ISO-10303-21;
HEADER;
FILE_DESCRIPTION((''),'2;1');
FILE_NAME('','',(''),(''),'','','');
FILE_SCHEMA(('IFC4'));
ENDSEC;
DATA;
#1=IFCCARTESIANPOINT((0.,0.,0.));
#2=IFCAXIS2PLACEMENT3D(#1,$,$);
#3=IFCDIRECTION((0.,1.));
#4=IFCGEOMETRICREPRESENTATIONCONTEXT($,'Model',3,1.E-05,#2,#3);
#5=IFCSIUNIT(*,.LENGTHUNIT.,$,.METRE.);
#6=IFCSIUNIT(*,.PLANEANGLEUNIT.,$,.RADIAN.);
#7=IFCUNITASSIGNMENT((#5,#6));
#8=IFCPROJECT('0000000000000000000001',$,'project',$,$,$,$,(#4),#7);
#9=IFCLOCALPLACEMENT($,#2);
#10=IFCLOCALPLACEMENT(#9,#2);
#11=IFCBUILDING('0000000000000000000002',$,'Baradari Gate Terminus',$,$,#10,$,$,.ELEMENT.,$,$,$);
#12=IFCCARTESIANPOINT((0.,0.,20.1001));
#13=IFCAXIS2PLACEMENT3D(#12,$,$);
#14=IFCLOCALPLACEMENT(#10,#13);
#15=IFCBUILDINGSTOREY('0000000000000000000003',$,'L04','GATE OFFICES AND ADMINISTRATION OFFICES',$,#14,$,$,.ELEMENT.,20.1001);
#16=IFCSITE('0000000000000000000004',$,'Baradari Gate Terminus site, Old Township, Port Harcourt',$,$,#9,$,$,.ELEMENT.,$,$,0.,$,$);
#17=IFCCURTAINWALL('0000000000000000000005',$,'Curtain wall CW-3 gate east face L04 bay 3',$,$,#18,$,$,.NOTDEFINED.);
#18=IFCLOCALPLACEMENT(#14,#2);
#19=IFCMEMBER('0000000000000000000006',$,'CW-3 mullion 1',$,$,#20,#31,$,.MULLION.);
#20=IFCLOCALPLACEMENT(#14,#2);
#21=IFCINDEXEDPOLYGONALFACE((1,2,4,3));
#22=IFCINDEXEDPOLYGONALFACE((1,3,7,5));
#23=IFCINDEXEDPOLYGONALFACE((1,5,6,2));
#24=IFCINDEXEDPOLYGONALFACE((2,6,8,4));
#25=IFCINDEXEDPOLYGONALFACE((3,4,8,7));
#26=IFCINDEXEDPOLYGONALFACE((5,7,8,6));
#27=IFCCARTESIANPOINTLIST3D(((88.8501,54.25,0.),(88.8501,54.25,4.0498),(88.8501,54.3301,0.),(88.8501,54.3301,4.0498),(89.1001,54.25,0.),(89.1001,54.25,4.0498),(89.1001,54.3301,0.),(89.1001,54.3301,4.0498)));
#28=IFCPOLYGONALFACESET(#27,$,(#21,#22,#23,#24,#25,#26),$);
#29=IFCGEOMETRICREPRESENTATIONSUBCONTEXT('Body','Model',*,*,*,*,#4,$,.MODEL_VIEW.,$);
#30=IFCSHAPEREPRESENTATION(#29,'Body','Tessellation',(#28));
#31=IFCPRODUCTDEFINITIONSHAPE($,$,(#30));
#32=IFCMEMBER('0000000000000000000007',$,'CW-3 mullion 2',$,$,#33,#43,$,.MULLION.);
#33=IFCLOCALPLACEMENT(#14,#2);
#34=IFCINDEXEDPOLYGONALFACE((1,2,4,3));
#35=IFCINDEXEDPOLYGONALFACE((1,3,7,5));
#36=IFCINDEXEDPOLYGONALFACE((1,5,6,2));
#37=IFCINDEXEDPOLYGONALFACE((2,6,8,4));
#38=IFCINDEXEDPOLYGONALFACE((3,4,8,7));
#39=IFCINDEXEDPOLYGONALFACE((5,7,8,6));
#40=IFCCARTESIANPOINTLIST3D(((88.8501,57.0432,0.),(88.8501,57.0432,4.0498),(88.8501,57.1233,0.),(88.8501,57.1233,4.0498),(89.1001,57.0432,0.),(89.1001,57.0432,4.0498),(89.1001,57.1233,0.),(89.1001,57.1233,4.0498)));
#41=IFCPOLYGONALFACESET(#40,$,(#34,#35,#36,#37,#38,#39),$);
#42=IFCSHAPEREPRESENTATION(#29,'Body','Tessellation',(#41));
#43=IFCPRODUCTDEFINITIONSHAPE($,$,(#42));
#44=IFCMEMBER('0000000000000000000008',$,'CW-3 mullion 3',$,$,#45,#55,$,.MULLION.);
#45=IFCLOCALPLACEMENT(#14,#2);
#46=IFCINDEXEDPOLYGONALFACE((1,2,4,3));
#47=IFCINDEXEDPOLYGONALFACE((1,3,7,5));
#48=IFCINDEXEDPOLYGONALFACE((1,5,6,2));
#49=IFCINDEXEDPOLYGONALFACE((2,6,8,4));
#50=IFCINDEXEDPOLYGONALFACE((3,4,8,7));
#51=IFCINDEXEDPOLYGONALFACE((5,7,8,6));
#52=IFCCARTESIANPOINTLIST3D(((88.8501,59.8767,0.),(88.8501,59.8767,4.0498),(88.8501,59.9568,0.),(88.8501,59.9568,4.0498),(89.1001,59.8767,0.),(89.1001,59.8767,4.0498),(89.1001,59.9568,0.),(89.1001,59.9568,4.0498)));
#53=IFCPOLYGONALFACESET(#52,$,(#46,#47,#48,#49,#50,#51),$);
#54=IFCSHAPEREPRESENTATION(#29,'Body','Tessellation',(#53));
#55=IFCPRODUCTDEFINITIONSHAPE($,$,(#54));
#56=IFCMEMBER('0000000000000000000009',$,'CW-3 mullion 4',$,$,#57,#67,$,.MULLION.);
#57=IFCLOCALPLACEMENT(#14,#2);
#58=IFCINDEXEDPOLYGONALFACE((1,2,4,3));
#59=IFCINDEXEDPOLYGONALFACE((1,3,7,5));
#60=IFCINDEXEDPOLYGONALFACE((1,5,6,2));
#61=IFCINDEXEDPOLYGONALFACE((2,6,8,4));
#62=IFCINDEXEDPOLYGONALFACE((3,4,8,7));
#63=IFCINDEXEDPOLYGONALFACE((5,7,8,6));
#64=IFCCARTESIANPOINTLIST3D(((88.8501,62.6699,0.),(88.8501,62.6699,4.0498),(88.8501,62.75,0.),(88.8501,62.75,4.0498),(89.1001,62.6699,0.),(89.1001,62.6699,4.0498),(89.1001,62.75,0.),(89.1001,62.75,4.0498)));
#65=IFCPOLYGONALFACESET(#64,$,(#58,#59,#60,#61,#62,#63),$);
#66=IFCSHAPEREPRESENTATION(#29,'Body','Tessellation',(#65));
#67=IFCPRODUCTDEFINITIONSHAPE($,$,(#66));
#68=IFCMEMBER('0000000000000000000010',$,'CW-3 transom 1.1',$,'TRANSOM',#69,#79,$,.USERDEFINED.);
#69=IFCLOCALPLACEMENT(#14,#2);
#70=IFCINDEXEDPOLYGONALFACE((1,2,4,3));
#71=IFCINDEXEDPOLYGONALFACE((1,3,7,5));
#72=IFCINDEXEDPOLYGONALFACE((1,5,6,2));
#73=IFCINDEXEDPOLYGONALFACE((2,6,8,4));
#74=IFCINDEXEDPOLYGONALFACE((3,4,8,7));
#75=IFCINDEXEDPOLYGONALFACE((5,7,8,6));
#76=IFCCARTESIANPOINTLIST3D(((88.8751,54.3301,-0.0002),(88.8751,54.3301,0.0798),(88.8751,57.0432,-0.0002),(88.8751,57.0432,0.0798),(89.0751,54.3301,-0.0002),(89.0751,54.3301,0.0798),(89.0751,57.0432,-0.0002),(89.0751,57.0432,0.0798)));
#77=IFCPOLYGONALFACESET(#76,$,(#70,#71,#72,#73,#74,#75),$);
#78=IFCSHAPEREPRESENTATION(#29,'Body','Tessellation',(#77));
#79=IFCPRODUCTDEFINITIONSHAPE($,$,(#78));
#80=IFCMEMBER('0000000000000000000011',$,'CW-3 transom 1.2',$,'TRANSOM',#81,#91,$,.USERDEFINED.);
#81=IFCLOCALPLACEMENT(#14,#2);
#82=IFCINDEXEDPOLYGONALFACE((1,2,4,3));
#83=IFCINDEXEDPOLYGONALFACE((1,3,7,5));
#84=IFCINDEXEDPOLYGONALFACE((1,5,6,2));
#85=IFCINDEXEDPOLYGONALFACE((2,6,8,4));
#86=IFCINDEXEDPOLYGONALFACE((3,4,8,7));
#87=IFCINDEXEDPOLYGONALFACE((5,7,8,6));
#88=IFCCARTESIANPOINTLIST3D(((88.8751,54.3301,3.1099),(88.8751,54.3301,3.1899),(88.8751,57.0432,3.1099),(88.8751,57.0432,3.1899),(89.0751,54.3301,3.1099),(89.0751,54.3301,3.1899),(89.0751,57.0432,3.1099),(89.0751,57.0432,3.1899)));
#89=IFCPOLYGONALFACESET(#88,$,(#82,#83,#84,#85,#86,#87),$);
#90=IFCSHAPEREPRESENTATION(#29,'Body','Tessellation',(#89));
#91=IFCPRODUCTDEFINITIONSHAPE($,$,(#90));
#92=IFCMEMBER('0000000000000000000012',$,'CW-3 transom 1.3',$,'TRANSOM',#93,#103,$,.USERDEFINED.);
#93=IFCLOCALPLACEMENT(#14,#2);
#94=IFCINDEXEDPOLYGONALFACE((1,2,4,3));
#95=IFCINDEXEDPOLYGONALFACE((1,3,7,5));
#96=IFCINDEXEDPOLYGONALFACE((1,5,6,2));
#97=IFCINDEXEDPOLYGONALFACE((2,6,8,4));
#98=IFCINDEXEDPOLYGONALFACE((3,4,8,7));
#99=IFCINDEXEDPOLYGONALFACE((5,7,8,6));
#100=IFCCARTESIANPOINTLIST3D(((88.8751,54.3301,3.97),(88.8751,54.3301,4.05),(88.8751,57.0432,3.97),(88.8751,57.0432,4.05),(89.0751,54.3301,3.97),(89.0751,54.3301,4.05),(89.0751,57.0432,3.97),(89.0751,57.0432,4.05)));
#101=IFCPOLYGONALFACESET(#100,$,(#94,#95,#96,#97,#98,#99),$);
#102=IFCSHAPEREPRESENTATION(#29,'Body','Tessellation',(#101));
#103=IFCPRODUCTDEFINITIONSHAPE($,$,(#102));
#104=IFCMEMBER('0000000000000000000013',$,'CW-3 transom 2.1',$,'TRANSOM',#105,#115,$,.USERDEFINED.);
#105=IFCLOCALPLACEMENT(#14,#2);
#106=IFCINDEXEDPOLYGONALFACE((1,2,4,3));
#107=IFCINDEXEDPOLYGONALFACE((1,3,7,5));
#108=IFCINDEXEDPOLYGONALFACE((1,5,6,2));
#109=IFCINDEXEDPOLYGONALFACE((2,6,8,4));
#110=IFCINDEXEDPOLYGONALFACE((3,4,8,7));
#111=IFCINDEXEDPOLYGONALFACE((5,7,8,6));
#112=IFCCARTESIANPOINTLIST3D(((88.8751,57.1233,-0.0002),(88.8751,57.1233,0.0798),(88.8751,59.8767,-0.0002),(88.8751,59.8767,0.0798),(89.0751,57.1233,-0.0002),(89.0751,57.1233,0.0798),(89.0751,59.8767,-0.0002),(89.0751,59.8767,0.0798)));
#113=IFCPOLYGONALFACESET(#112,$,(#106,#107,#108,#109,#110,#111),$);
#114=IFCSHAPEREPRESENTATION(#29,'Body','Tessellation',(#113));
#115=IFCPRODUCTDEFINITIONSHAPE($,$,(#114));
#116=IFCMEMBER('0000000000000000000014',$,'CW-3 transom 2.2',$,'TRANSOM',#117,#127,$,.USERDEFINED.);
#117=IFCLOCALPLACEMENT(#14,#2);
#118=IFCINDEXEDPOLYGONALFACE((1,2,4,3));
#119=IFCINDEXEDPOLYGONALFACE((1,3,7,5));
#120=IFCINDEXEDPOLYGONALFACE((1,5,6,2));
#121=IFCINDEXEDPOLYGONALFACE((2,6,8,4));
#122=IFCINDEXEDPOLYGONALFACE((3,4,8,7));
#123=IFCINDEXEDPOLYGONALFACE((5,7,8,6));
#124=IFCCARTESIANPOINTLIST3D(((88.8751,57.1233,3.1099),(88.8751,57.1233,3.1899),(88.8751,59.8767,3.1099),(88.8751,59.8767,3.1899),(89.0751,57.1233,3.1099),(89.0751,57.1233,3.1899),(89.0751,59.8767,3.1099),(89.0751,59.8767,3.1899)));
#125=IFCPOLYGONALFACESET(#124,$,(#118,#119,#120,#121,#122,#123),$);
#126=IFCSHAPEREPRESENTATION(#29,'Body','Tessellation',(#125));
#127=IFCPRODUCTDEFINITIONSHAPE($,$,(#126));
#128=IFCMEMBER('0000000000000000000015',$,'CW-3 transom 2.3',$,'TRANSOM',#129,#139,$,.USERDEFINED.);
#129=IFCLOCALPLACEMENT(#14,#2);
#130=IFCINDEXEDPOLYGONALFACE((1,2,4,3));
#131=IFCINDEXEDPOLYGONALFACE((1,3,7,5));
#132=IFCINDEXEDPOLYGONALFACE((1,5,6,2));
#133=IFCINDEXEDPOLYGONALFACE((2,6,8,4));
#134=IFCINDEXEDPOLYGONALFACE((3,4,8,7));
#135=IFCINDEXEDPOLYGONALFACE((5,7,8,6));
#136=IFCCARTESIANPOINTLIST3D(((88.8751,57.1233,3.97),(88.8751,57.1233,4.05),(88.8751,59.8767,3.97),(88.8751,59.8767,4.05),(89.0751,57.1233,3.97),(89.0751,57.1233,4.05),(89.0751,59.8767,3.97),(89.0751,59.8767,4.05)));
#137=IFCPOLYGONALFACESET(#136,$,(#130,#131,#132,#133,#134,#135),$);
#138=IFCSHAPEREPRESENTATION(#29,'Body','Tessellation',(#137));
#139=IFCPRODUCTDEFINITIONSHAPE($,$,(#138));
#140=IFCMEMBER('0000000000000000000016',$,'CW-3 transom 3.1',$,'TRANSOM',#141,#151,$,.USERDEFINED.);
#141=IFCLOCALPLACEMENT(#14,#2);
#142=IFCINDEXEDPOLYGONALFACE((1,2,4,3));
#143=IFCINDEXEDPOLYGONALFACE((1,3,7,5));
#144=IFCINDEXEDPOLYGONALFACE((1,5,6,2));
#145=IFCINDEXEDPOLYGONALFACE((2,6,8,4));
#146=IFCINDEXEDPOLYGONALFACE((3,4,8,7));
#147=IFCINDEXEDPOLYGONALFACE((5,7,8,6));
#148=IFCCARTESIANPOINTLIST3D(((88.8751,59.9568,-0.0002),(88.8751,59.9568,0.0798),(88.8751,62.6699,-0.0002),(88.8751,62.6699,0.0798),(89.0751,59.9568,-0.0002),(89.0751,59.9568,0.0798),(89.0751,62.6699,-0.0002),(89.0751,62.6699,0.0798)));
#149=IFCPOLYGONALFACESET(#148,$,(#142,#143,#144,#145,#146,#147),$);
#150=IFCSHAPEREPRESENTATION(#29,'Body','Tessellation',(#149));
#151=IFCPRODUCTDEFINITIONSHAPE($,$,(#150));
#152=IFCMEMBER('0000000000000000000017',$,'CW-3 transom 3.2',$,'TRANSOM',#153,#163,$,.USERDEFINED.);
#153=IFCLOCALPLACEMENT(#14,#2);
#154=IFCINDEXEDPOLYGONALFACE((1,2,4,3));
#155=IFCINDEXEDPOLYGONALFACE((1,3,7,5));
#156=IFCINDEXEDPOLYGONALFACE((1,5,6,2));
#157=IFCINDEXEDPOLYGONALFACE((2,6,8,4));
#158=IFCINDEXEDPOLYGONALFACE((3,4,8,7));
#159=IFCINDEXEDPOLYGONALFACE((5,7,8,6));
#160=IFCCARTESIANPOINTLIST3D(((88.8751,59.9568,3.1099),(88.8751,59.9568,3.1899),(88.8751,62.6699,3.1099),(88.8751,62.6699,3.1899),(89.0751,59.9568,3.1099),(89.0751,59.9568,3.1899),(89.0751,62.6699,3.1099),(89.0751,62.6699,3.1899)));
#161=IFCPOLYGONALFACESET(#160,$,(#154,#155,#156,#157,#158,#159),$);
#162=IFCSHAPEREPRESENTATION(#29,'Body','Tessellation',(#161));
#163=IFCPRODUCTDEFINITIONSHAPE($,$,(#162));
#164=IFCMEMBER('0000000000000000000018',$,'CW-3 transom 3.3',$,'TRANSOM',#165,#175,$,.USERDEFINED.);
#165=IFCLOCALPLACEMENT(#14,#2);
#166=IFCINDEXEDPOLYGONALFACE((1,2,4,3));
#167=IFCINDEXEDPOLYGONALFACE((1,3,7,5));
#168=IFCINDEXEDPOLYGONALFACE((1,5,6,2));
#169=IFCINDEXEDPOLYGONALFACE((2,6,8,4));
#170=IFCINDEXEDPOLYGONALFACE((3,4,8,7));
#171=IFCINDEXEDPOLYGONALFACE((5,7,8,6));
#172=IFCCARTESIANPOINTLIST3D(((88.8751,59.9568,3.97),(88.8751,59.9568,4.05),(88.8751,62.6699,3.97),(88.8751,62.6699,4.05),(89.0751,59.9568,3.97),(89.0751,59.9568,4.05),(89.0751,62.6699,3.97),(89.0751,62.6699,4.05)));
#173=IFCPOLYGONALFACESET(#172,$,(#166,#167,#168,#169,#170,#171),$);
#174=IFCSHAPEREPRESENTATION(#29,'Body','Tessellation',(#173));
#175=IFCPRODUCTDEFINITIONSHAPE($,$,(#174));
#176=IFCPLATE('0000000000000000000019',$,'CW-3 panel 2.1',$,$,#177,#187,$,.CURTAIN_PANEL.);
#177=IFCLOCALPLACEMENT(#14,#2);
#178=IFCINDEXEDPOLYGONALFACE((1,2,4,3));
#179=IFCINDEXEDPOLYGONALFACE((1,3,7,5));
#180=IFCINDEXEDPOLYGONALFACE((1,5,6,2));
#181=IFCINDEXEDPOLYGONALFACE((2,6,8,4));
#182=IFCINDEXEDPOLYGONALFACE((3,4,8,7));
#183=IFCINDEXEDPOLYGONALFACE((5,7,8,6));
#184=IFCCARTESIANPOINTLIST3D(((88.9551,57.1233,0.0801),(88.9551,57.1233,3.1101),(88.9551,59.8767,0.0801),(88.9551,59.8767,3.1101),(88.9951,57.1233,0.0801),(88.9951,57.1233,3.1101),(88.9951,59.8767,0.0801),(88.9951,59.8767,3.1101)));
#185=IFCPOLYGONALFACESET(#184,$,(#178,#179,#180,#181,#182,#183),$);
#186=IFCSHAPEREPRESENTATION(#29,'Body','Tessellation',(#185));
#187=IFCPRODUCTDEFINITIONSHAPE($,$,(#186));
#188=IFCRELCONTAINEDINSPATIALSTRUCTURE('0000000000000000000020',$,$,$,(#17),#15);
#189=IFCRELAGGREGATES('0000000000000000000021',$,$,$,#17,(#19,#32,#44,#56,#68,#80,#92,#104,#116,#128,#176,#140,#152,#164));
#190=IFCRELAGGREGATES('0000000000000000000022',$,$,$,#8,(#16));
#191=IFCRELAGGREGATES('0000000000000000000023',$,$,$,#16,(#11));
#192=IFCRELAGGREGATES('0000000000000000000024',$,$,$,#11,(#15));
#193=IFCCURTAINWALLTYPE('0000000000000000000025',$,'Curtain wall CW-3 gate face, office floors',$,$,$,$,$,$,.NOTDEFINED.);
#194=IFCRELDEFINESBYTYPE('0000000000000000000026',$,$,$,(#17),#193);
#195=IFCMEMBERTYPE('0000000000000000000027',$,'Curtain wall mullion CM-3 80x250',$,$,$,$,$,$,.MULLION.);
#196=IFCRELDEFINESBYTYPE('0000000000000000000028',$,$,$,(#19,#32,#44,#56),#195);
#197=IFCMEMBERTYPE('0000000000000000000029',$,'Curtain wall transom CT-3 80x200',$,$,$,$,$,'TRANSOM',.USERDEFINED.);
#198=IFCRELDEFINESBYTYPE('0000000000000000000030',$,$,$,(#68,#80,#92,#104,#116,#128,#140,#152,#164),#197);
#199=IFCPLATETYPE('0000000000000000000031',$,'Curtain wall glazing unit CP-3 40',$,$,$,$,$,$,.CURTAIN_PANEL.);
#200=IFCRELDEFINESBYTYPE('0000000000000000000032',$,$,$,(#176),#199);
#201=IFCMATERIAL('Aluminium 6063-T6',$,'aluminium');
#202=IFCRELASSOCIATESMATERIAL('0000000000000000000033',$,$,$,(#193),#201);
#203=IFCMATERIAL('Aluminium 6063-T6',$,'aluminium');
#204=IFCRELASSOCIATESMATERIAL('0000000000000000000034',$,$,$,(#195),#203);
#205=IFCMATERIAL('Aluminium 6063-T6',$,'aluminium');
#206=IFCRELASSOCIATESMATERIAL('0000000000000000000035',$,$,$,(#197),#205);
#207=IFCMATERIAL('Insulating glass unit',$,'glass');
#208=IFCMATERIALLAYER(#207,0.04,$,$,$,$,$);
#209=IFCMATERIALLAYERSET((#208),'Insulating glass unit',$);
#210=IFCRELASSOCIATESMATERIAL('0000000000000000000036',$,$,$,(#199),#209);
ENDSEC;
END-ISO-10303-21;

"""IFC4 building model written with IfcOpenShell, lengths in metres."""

from ifc_helpers import new_model, si_unit, direction, frame, origin, origin_2d, place, context, subcontext, project, spatial, rectangle, extrude, material, layer, layer_set, material_profile, profile_set, type_object, element, aggregate, save


model = new_model("IFC4")

# Units and contexts
model_context = context("Model", 3, precision=1e-05, world=origin(), true_north=direction((0.0, 1.0)))
body_context = subcontext(model_context, "Body", "Model", "MODEL_VIEW")
ifc_project = project(units=[si_unit("LENGTHUNIT", "METRE"), si_unit("PLANEANGLEUNIT", "RADIAN")], contexts=[model_context])

# Site, building, storey
site_placement = place(None, origin())
site = spatial("IfcSite", under=ifc_project, at=site_placement, Name="Baradari Gate Terminus site, Old Township, Port Harcourt", CompositionType="ELEMENT", RefElevation=0.0)
building_placement = place(site_placement, origin())
building = spatial("IfcBuilding", under=site, at=building_placement, Name="Baradari Gate Terminus", CompositionType="ELEMENT")
storey_placement = place(building_placement, frame((0.0, 0.0, 20.1001)))
storey = spatial("IfcBuildingStorey", under=building, at=storey_placement, Name="L04", Description="GATE OFFICES AND ADMINISTRATION OFFICES", CompositionType="ELEMENT", Elevation=20.1001)

# Curtain wall, members, plate
ifc_material_1 = material(Name="Aluminium 6063-T6", Category="aluminium")
curtain_wall_type = type_object("IfcCurtainWallType", Name="Curtain wall CW-3 gate face, office floors", PredefinedType="NOTDEFINED", material=ifc_material_1)
curtain_wall_placement = place(storey_placement, origin())
curtain_wall = element("IfcCurtainWall", 1, at=curtain_wall_placement, inside=storey, type_object=curtain_wall_type, Name="Curtain wall CW-3 gate east face L04 bay 3", PredefinedType="NOTDEFINED")
ifc_material_2 = material(Name="Aluminium 6063-T6", Category="aluminium")
ifc_material_profile_1 = material_profile(ifc_material_2, rectangle(XDim=0.25, YDim=0.0801, at=origin_2d()), Name="CM-3 80X250")
ifc_profile_set_1 = profile_set([ifc_material_profile_1], Name="Aluminium 6063-T6")
member_type_1 = type_object("IfcMemberType", Name="Curtain wall mullion CM-3 80x250", PredefinedType="MULLION", material=ifc_profile_set_1)
member_1_placement = place(storey_placement, frame((88.9751, 54.29, 0.0), z_axis=(0.0, 0.0, 1.0), x_axis=(-1.0, 0.0, 0.0)))
member_1 = element("IfcMember", 2, at=member_1_placement, type_object=member_type_1, Name="CW-3 mullion 1", PredefinedType="MULLION", context=body_context, shape_type="SweptSolid", body=[
    extrude(rectangle(XDim=0.25, YDim=0.0801, at=origin_2d()), origin(), (0.0, 0.0, 1.0), 4.0498),
])
member_2_placement = place(storey_placement, frame((88.9751, 57.0833, 0.0), z_axis=(0.0, 0.0, 1.0), x_axis=(-1.0, 0.0, 0.0)))
member_2 = element("IfcMember", 3, at=member_2_placement, type_object=member_type_1, Name="CW-3 mullion 2", PredefinedType="MULLION", context=body_context, shape_type="SweptSolid", body=[
    extrude(rectangle(XDim=0.25, YDim=0.0801, at=origin_2d()), origin(), (0.0, 0.0, 1.0), 4.0498),
])
member_3_placement = place(storey_placement, frame((88.9751, 59.9167, 0.0), z_axis=(0.0, 0.0, 1.0), x_axis=(-1.0, 0.0, 0.0)))
member_3 = element("IfcMember", 4, at=member_3_placement, type_object=member_type_1, Name="CW-3 mullion 3", PredefinedType="MULLION", context=body_context, shape_type="SweptSolid", body=[
    extrude(rectangle(XDim=0.25, YDim=0.0801, at=origin_2d()), origin(), (0.0, 0.0, 1.0), 4.0498),
])
member_4_placement = place(storey_placement, frame((88.9751, 62.71, 0.0), z_axis=(0.0, 0.0, 1.0), x_axis=(-1.0, 0.0, 0.0)))
member_4 = element("IfcMember", 5, at=member_4_placement, type_object=member_type_1, Name="CW-3 mullion 4", PredefinedType="MULLION", context=body_context, shape_type="SweptSolid", body=[
    extrude(rectangle(XDim=0.25, YDim=0.0801, at=origin_2d()), origin(), (0.0, 0.0, 1.0), 4.0498),
])
ifc_material_3 = material(Name="Aluminium 6063-T6", Category="aluminium")
ifc_material_profile_2 = material_profile(ifc_material_3, rectangle(XDim=0.2, YDim=0.0801, at=origin_2d()), Name="CT-3 80X200")
ifc_profile_set_2 = profile_set([ifc_material_profile_2], Name="Aluminium 6063-T6")
member_type_2 = type_object("IfcMemberType", Name="Curtain wall transom CT-3 80x200", ElementType="TRANSOM", PredefinedType="USERDEFINED", material=ifc_profile_set_2)
member_5_placement = place(storey_placement, frame((88.9751, 54.3301, 0.0398), z_axis=(0.0, 1.0, 0.0), x_axis=(-1.0, 0.0, 0.0)))
member_5 = element("IfcMember", 6, at=member_5_placement, type_object=member_type_2, Name="CW-3 transom 1.1", ObjectType="TRANSOM", PredefinedType="USERDEFINED", context=body_context, shape_type="SweptSolid", body=[
    extrude(rectangle(XDim=0.2, YDim=0.0801, at=origin_2d()), origin(), (0.0, 0.0, 1.0), 2.7131),
])
member_6_placement = place(storey_placement, frame((88.9751, 54.3301, 3.1499), z_axis=(0.0, 1.0, 0.0), x_axis=(-1.0, 0.0, 0.0)))
member_6 = element("IfcMember", 7, at=member_6_placement, type_object=member_type_2, Name="CW-3 transom 1.2", ObjectType="TRANSOM", PredefinedType="USERDEFINED", context=body_context, shape_type="SweptSolid", body=[
    extrude(rectangle(XDim=0.2, YDim=0.0801, at=origin_2d()), origin(), (0.0, 0.0, 1.0), 2.7131),
])
member_7_placement = place(storey_placement, frame((88.9751, 54.3301, 4.01), z_axis=(0.0, 1.0, 0.0), x_axis=(-1.0, 0.0, 0.0)))
member_7 = element("IfcMember", 8, at=member_7_placement, type_object=member_type_2, Name="CW-3 transom 1.3", ObjectType="TRANSOM", PredefinedType="USERDEFINED", context=body_context, shape_type="SweptSolid", body=[
    extrude(rectangle(XDim=0.2, YDim=0.0801, at=origin_2d()), origin(), (0.0, 0.0, 1.0), 2.7131),
])
member_8_placement = place(storey_placement, frame((88.9751, 57.1233, 0.0398), z_axis=(0.0, 1.0, 0.0), x_axis=(-1.0, 0.0, 0.0)))
member_8 = element("IfcMember", 9, at=member_8_placement, type_object=member_type_2, Name="CW-3 transom 2.1", ObjectType="TRANSOM", PredefinedType="USERDEFINED", context=body_context, shape_type="SweptSolid", body=[
    extrude(rectangle(XDim=0.2, YDim=0.0801, at=origin_2d()), origin(), (0.0, 0.0, 1.0), 2.7534),
])
member_9_placement = place(storey_placement, frame((88.9751, 57.1233, 3.1499), z_axis=(0.0, 1.0, 0.0), x_axis=(-1.0, 0.0, 0.0)))
member_9 = element("IfcMember", 10, at=member_9_placement, type_object=member_type_2, Name="CW-3 transom 2.2", ObjectType="TRANSOM", PredefinedType="USERDEFINED", context=body_context, shape_type="SweptSolid", body=[
    extrude(rectangle(XDim=0.2, YDim=0.0801, at=origin_2d()), origin(), (0.0, 0.0, 1.0), 2.7534),
])
member_10_placement = place(storey_placement, frame((88.9751, 57.1233, 4.01), z_axis=(0.0, 1.0, 0.0), x_axis=(-1.0, 0.0, 0.0)))
member_10 = element("IfcMember", 11, at=member_10_placement, type_object=member_type_2, Name="CW-3 transom 2.3", ObjectType="TRANSOM", PredefinedType="USERDEFINED", context=body_context, shape_type="SweptSolid", body=[
    extrude(rectangle(XDim=0.2, YDim=0.0801, at=origin_2d()), origin(), (0.0, 0.0, 1.0), 2.7534),
])
member_11_placement = place(storey_placement, frame((88.9751, 59.9568, 0.0398), z_axis=(0.0, 1.0, 0.0), x_axis=(-1.0, 0.0, 0.0)))
member_11 = element("IfcMember", 12, at=member_11_placement, type_object=member_type_2, Name="CW-3 transom 3.1", ObjectType="TRANSOM", PredefinedType="USERDEFINED", context=body_context, shape_type="SweptSolid", body=[
    extrude(rectangle(XDim=0.2, YDim=0.0801, at=origin_2d()), origin(), (0.0, 0.0, 1.0), 2.7131),
])
member_12_placement = place(storey_placement, frame((88.9751, 59.9568, 3.1499), z_axis=(0.0, 1.0, 0.0), x_axis=(-1.0, 0.0, 0.0)))
member_12 = element("IfcMember", 13, at=member_12_placement, type_object=member_type_2, Name="CW-3 transom 3.2", ObjectType="TRANSOM", PredefinedType="USERDEFINED", context=body_context, shape_type="SweptSolid", body=[
    extrude(rectangle(XDim=0.2, YDim=0.0801, at=origin_2d()), origin(), (0.0, 0.0, 1.0), 2.7131),
])
member_13_placement = place(storey_placement, frame((88.9751, 59.9568, 4.01), z_axis=(0.0, 1.0, 0.0), x_axis=(-1.0, 0.0, 0.0)))
member_13 = element("IfcMember", 14, at=member_13_placement, type_object=member_type_2, Name="CW-3 transom 3.3", ObjectType="TRANSOM", PredefinedType="USERDEFINED", context=body_context, shape_type="SweptSolid", body=[
    extrude(rectangle(XDim=0.2, YDim=0.0801, at=origin_2d()), origin(), (0.0, 0.0, 1.0), 2.7131),
])
ifc_material_4 = material(Name="Insulating glass unit", Category="glass")
ifc_layer_1 = layer(ifc_material_4, 0.04)
ifc_layer_set_1 = layer_set([ifc_layer_1], Name="Insulating glass unit")
plate_type_1 = type_object("IfcPlateType", Name="Curtain wall glazing unit CP-3 40", PredefinedType="CURTAIN_PANEL", material=ifc_layer_set_1)
plate_1_placement = place(storey_placement, frame((88.9751, 58.5, 0.0801), z_axis=(0.0, 0.0, 1.0), x_axis=(0.0, 1.0, 0.0)))
plate_1 = element("IfcPlate", 15, at=plate_1_placement, type_object=plate_type_1, Name="CW-3 panel 2.1", PredefinedType="CURTAIN_PANEL", context=body_context, shape_type="SweptSolid", body=[
    extrude(rectangle(XDim=2.7534, YDim=0.04, at=origin_2d()), origin(), (0.0, 0.0, 1.0), 3.03),
])
aggregate(curtain_wall, [member_1, member_2, member_3, member_4, member_5, member_6, member_7, member_8, member_9, member_10, plate_1, member_11, member_12, member_13])

save(model, "model.ifc")
